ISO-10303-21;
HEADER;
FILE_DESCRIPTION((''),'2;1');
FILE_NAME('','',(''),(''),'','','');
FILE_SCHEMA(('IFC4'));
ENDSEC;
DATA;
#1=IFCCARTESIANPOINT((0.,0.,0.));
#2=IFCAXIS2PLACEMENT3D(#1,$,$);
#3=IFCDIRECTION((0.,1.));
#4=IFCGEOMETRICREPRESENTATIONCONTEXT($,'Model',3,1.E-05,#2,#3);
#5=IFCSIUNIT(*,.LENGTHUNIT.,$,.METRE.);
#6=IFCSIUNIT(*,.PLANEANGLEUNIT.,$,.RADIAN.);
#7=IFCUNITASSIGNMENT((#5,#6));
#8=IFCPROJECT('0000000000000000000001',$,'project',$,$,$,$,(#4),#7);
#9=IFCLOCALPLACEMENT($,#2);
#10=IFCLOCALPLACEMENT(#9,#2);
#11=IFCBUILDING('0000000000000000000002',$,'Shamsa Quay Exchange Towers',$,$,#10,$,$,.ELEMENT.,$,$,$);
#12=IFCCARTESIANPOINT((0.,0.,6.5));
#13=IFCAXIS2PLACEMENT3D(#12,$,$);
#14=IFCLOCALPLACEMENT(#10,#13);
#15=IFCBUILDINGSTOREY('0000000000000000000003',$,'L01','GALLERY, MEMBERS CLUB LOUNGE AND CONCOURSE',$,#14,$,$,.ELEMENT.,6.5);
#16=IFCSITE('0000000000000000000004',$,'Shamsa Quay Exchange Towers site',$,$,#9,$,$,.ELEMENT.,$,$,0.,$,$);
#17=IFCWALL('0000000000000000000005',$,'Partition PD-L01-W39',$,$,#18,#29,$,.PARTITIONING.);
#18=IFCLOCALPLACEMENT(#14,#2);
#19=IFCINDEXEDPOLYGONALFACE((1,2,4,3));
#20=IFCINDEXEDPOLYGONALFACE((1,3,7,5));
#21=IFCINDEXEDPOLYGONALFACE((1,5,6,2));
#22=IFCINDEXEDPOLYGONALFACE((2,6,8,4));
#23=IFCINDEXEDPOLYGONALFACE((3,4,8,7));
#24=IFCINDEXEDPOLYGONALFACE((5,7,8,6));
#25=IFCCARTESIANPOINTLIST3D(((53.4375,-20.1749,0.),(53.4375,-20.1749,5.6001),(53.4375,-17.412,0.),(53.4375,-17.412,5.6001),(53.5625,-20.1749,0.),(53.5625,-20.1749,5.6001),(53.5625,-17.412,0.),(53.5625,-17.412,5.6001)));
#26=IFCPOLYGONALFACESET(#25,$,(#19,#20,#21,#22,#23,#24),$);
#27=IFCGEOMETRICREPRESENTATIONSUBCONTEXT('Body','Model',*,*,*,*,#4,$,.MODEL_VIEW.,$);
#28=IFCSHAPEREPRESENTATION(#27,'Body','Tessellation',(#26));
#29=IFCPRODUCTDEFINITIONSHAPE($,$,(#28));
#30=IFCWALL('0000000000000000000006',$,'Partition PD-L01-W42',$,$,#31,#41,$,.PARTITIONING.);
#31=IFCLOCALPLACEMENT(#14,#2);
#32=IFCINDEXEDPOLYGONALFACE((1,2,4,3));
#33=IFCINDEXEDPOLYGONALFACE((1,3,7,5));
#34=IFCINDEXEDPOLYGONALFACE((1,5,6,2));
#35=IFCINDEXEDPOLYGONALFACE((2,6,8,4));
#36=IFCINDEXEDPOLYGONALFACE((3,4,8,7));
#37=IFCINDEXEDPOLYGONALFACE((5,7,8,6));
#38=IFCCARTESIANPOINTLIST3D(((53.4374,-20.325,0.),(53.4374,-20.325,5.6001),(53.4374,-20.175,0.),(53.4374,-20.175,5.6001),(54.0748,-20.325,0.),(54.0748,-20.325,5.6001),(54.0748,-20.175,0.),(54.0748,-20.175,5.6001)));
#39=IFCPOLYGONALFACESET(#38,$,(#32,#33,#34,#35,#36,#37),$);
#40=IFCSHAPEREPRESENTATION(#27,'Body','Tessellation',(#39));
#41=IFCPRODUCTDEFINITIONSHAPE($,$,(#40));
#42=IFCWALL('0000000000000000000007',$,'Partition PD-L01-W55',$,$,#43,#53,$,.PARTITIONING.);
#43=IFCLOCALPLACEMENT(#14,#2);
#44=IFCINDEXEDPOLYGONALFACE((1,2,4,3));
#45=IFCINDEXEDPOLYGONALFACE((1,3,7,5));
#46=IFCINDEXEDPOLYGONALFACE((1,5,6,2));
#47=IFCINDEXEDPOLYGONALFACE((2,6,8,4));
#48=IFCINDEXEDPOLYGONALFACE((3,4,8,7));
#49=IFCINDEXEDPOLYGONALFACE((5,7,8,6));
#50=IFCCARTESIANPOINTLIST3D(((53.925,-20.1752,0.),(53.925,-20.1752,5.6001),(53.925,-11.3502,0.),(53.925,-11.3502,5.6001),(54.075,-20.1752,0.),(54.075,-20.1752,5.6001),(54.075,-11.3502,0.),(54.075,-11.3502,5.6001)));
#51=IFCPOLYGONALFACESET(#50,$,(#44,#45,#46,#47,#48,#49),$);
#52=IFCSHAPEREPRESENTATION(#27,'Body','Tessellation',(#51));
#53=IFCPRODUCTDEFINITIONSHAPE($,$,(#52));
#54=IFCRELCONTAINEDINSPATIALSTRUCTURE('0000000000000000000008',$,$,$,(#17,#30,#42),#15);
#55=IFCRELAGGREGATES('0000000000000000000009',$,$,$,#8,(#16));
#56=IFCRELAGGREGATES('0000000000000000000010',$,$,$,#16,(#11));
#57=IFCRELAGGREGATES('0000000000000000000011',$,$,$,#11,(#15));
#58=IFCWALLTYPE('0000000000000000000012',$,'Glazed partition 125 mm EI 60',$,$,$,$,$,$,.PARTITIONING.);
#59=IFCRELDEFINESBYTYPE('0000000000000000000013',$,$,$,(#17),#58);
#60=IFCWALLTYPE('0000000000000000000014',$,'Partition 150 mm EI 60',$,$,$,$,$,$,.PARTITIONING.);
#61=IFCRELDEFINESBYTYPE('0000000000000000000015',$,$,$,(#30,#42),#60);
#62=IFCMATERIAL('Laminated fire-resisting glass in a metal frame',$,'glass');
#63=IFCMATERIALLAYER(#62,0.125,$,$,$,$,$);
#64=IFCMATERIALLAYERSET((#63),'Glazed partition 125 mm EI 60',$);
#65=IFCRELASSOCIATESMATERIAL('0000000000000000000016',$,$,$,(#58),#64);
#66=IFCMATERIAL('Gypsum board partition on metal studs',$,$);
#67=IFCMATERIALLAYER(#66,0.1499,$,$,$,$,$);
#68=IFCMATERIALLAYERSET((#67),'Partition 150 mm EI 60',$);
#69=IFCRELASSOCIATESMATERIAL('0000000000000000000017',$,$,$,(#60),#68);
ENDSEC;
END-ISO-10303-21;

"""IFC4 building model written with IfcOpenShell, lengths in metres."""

from ifc_helpers import new_model, si_unit, direction, frame, frame_2d, origin, place, context, subcontext, project, spatial, rectangle, extrude, material, layer, layer_set, type_object, element, save


model = new_model("IFC4")

# Units and contexts
model_context = context("Model", 3, precision=1e-05, world=origin(), true_north=direction((0.0, 1.0)))
body_context = subcontext(model_context, "Body", "Model", "MODEL_VIEW")
ifc_project = project(units=[si_unit("LENGTHUNIT", "METRE"), si_unit("PLANEANGLEUNIT", "RADIAN")], contexts=[model_context])

# Site, building, storey
site_placement = place(None, origin())
site = spatial("IfcSite", under=ifc_project, at=site_placement, Name="Shamsa Quay Exchange Towers site", CompositionType="ELEMENT", RefElevation=0.0)
building_placement = place(site_placement, origin())
building = spatial("IfcBuilding", under=site, at=building_placement, Name="Shamsa Quay Exchange Towers", CompositionType="ELEMENT")
storey_placement = place(building_placement, frame((0.0, 0.0, 6.5)))
storey = spatial("IfcBuildingStorey", under=building, at=storey_placement, Name="L01", Description="GALLERY, MEMBERS CLUB LOUNGE AND CONCOURSE", CompositionType="ELEMENT", Elevation=6.5)

# Walls
ifc_material_1 = material(Name="Laminated fire-resisting glass in a metal frame", Category="glass")
ifc_layer_1 = layer(ifc_material_1, 0.125)
ifc_layer_set_1 = layer_set([ifc_layer_1], Name="Glazed partition 125 mm EI 60")
wall_type_1 = type_object("IfcWallType", Name="Glazed partition 125 mm EI 60", PredefinedType="PARTITIONING", material=ifc_layer_set_1)
wall_1_placement = place(storey_placement, frame((53.5, -17.4121, 0.0), z_axis=(0.0, 0.0, 1.0), x_axis=(0.0, -1.0, 0.0)))
element("IfcWall", 1, at=wall_1_placement, inside=storey, type_object=wall_type_1, Name="Partition PD-L01-W39", PredefinedType="PARTITIONING", context=body_context, shape_type="SweptSolid", body=[
    extrude(rectangle(XDim=2.7629, YDim=0.125, at=frame_2d((1.3813, 0.0))), origin(), (0.0, 0.0, 1.0), 5.6001),
])
ifc_material_2 = material(Name="Gypsum board partition on metal studs")
ifc_layer_2 = layer(ifc_material_2, 0.1499)
ifc_layer_set_2 = layer_set([ifc_layer_2], Name="Partition 150 mm EI 60")
wall_type_2 = type_object("IfcWallType", Name="Partition 150 mm EI 60", PredefinedType="PARTITIONING", material=ifc_layer_set_2)
wall_2_placement = place(storey_placement, frame((54.075, -20.25, 0.0), z_axis=(0.0, 0.0, 1.0), x_axis=(-1.0, 0.0, 0.0)))
element("IfcWall", 2, at=wall_2_placement, inside=storey, type_object=wall_type_2, Name="Partition PD-L01-W42", PredefinedType="PARTITIONING", context=body_context, shape_type="SweptSolid", body=[
    extrude(rectangle(XDim=0.6375, YDim=0.1499, at=frame_2d((0.3188, 0.0))), origin(), (0.0, 0.0, 1.0), 5.6001),
])
wall_3_placement = place(storey_placement, frame((54.0, -11.3501, 0.0), z_axis=(0.0, 0.0, 1.0), x_axis=(0.0, -1.0, 0.0)))
element("IfcWall", 3, at=wall_3_placement, inside=storey, type_object=wall_type_2, Name="Partition PD-L01-W55", PredefinedType="PARTITIONING", context=body_context, shape_type="SweptSolid", body=[
    extrude(rectangle(XDim=8.825, YDim=0.1499, at=frame_2d((4.4126, 0.0))), origin(), (0.0, 0.0, 1.0), 5.6001),
])

save(model, "model.ifc")
